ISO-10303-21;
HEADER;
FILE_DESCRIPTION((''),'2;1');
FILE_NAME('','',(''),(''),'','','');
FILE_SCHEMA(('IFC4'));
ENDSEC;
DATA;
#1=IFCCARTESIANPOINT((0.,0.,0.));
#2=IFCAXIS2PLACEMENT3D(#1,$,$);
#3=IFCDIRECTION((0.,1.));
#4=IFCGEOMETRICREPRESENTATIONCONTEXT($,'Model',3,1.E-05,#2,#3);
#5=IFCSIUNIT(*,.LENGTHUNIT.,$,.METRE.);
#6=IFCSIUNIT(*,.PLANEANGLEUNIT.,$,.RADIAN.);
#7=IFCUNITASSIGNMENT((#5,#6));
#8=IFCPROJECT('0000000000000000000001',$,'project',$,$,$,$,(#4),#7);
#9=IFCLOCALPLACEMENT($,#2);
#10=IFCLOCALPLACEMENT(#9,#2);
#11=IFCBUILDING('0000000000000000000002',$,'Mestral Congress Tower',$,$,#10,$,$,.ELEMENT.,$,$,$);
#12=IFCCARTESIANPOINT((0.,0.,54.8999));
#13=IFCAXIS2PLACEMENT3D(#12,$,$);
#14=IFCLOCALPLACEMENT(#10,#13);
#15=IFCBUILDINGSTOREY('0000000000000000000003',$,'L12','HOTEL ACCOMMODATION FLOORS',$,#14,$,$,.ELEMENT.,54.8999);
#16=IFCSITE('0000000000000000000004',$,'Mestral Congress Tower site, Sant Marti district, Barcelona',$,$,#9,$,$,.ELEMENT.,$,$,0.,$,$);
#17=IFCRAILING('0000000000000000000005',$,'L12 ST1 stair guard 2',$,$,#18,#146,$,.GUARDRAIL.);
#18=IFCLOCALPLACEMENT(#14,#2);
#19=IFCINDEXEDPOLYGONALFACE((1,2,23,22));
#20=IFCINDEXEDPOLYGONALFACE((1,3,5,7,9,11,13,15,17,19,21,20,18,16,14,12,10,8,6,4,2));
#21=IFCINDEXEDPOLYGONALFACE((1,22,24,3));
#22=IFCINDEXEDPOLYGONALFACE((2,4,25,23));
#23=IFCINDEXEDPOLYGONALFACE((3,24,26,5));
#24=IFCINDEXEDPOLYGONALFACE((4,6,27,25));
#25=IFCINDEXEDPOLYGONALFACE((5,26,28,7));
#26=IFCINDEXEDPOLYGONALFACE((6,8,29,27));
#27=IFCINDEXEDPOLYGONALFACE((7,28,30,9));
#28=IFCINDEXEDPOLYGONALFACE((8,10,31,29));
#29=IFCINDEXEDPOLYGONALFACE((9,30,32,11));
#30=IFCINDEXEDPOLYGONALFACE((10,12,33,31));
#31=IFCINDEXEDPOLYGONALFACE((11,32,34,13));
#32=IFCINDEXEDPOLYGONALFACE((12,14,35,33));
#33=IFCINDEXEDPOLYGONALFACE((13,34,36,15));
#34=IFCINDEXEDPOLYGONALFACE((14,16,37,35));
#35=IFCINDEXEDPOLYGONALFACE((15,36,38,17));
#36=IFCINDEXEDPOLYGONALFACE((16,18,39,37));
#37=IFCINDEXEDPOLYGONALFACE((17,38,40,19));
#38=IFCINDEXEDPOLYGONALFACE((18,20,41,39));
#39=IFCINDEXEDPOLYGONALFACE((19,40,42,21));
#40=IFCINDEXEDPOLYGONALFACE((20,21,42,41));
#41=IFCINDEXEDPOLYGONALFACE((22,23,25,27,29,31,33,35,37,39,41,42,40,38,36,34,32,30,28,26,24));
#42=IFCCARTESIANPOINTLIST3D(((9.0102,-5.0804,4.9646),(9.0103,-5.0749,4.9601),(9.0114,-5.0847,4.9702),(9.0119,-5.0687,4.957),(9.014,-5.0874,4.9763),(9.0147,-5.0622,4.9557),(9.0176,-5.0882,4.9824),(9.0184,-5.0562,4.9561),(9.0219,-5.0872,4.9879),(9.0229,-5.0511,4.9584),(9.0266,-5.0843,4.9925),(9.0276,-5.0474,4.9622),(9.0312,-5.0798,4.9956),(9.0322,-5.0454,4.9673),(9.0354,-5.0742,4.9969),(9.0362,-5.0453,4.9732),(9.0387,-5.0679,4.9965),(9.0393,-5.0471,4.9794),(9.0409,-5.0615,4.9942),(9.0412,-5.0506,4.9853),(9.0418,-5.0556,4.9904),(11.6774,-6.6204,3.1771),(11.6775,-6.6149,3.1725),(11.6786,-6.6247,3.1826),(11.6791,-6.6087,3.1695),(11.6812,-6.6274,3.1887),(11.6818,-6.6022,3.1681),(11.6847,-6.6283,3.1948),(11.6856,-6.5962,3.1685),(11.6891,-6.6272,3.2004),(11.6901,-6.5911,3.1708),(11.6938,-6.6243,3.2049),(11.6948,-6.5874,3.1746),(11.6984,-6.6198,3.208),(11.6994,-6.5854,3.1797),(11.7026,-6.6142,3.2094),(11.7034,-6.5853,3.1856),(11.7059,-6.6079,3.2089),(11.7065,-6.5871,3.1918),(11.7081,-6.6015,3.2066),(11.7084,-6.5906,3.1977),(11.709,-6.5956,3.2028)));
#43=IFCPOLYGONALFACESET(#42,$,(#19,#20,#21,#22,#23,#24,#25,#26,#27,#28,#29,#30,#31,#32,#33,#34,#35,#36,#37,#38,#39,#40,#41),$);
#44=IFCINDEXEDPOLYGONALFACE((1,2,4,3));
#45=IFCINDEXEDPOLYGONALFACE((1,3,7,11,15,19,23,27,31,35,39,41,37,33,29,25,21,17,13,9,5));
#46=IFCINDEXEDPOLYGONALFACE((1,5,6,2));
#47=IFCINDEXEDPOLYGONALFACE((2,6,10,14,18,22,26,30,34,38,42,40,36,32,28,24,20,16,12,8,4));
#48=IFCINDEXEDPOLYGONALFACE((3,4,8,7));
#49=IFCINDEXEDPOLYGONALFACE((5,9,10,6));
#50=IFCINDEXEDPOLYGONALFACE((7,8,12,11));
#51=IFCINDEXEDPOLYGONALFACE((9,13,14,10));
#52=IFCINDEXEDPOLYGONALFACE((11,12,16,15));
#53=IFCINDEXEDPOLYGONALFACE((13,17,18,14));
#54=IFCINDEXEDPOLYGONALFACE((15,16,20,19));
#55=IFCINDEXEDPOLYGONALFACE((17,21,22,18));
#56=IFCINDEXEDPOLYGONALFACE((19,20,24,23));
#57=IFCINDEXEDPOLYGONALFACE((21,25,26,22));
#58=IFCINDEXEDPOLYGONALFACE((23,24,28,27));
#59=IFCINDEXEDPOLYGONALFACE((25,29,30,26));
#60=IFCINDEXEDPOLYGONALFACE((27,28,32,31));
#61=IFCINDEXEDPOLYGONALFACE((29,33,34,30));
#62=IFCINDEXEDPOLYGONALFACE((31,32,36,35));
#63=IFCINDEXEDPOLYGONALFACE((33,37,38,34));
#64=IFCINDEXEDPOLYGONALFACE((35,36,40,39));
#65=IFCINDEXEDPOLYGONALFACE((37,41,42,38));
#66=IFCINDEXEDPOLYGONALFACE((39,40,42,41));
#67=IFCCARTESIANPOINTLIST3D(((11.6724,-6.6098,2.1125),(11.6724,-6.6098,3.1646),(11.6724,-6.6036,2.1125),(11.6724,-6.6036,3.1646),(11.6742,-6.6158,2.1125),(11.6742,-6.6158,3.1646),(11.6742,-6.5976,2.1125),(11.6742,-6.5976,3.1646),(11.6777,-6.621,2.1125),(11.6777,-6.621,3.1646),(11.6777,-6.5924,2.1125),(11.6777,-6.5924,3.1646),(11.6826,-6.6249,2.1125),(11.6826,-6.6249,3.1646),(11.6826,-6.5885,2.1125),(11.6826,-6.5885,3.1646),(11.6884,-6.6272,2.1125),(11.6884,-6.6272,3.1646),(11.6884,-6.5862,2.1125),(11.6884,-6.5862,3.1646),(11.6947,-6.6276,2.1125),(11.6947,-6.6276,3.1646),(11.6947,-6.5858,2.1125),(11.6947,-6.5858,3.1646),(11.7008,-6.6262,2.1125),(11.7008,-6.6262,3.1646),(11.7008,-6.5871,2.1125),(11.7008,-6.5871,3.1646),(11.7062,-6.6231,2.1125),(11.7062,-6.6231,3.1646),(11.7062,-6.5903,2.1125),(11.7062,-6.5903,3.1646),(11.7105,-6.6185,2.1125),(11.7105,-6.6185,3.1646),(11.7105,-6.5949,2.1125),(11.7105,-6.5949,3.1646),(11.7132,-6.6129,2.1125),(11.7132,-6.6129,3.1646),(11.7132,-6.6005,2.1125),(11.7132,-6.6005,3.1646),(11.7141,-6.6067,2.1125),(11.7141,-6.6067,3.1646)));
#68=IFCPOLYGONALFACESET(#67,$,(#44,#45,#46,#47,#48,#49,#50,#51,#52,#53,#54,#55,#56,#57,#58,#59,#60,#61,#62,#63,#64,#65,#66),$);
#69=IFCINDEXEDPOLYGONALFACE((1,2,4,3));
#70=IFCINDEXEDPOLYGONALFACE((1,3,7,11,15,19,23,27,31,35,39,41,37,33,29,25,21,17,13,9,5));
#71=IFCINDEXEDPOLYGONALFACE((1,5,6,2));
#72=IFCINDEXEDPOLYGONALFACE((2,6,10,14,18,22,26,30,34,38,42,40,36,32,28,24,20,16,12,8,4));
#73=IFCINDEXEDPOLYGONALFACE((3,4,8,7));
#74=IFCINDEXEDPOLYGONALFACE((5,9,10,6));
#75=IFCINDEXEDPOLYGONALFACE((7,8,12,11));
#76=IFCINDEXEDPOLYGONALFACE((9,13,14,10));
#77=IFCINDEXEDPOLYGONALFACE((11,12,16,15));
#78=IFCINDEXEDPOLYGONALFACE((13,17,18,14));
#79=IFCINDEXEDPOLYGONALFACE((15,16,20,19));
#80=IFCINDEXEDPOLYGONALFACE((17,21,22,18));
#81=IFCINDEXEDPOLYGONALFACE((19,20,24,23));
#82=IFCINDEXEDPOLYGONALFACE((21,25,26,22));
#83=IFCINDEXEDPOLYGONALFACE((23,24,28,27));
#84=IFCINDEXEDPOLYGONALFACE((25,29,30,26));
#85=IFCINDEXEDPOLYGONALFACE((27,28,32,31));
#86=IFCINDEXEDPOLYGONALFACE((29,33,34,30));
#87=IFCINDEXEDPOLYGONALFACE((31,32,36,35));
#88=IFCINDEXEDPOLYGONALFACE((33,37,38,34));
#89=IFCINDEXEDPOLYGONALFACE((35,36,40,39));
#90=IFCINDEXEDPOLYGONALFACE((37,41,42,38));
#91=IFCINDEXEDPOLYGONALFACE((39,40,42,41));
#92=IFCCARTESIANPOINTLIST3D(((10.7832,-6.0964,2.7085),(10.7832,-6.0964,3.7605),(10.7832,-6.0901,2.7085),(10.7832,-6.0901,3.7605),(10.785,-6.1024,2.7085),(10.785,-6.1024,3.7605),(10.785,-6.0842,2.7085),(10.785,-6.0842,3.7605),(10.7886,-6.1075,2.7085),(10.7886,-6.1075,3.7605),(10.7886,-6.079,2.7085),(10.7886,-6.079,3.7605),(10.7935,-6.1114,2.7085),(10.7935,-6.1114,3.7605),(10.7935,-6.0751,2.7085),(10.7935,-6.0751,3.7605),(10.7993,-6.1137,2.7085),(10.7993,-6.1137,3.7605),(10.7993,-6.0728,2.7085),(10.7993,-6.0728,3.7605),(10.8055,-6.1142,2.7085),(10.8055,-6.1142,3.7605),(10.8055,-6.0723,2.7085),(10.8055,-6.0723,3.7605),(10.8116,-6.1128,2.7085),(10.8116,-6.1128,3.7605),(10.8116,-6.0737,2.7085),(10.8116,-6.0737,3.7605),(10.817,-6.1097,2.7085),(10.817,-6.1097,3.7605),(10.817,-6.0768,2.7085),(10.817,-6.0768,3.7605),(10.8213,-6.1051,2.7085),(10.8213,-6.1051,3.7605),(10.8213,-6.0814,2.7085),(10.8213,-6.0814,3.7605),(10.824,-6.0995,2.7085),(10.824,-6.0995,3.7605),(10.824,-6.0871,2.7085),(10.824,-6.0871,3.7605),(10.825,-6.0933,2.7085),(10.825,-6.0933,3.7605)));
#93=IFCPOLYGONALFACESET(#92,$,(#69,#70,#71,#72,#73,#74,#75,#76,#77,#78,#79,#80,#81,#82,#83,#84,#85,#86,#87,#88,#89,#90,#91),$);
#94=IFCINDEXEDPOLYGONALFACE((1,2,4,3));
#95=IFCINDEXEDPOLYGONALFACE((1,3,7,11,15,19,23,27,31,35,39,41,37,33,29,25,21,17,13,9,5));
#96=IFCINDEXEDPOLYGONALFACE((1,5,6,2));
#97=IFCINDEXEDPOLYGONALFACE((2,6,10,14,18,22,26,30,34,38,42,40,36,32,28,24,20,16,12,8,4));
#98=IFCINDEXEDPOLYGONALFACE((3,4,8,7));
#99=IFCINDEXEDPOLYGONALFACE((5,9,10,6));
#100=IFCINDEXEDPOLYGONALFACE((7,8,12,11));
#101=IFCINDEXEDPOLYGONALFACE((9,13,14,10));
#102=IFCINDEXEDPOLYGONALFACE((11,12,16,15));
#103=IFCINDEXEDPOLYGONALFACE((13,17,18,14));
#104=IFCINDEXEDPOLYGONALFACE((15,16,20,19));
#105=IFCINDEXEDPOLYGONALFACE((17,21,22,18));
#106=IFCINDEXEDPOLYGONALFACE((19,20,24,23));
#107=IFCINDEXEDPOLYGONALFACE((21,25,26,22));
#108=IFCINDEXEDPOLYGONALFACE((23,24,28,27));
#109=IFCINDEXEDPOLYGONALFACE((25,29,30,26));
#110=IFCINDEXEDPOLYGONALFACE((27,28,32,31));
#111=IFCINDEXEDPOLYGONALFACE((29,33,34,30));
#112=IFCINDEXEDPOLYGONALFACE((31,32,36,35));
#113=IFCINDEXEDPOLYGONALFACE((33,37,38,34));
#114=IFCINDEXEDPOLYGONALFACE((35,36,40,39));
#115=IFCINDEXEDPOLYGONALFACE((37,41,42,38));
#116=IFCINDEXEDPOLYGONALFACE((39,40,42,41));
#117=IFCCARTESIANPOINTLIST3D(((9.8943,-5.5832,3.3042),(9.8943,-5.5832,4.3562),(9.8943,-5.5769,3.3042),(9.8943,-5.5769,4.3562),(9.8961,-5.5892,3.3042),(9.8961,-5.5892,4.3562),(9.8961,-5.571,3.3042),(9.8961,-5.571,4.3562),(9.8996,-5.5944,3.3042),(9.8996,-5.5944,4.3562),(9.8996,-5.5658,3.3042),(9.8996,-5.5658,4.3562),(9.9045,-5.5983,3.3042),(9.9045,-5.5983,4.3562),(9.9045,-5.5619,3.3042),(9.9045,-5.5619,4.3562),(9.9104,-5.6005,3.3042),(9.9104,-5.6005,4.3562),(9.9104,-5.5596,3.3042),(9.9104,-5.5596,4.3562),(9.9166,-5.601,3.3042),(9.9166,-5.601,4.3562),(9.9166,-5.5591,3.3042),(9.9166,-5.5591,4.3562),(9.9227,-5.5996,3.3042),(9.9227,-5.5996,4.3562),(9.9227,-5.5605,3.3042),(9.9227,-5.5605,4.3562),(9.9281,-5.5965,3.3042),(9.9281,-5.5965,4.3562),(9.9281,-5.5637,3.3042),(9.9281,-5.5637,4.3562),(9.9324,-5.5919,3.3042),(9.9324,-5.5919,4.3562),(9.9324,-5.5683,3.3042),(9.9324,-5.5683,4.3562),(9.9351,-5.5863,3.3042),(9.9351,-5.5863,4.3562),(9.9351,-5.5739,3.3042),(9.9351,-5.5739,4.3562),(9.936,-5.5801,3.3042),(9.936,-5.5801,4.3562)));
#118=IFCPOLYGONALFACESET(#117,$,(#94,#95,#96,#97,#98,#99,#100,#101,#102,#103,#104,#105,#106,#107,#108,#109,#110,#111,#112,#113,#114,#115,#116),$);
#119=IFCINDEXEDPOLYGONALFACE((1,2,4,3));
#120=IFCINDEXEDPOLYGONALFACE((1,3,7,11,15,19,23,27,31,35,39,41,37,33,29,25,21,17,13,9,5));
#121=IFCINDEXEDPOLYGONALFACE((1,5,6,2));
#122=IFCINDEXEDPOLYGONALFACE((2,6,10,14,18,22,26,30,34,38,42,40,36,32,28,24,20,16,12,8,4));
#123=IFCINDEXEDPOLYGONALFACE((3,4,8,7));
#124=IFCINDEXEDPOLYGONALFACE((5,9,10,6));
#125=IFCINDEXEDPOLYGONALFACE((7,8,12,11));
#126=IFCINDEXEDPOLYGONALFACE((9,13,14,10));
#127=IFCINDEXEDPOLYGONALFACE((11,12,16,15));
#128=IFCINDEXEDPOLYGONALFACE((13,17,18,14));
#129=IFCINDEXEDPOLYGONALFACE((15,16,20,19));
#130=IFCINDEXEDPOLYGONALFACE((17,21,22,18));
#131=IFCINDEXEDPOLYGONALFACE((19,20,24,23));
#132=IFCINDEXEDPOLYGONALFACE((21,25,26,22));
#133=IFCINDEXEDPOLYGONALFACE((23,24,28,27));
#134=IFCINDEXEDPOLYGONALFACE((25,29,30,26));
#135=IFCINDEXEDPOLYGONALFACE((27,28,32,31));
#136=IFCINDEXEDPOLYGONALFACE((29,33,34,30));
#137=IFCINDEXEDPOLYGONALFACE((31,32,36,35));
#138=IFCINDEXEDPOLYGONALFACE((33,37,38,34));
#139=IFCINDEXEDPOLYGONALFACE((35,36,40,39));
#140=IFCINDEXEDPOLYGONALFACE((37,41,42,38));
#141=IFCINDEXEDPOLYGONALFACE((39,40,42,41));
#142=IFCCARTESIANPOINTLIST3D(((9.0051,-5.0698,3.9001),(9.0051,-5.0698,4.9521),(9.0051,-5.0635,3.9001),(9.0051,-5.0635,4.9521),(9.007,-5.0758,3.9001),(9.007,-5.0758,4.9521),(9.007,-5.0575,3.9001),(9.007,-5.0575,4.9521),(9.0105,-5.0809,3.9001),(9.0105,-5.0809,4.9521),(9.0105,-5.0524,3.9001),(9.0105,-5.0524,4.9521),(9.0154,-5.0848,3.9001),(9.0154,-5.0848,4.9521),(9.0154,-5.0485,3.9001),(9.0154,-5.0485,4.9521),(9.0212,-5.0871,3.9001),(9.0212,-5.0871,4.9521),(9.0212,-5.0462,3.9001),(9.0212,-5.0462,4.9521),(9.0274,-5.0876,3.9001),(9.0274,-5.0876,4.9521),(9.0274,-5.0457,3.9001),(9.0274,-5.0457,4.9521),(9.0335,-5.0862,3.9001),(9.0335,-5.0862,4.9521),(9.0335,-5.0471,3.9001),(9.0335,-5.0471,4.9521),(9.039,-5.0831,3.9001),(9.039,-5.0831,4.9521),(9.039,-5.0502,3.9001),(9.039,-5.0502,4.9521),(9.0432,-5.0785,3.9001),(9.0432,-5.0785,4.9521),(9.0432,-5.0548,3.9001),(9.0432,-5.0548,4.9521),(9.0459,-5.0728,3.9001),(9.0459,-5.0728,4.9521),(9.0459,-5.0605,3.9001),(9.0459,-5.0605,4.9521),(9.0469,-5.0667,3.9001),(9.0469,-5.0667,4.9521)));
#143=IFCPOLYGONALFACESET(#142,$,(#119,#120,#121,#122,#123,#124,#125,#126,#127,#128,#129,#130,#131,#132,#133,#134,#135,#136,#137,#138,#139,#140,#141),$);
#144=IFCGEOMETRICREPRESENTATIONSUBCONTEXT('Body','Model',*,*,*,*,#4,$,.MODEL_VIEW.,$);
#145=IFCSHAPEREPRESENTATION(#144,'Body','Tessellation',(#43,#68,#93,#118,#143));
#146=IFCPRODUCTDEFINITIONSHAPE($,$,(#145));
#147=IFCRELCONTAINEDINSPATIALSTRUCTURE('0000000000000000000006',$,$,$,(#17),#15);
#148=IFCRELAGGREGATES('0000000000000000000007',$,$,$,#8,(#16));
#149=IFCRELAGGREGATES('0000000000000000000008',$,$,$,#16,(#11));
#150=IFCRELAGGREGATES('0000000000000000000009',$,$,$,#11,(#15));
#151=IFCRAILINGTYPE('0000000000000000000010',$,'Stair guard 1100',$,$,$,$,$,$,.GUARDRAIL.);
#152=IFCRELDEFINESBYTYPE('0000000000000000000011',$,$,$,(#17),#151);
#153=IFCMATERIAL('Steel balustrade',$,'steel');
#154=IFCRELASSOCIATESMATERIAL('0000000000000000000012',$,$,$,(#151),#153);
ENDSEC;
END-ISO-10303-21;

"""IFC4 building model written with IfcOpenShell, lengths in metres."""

from ifc_helpers import new_model, si_unit, direction, frame, origin, origin_2d, place, context, subcontext, project, spatial, circle, extrude, material, type_object, element, save


model = new_model("IFC4")

# Units and contexts
model_context = context("Model", 3, precision=1e-05, world=origin(), true_north=direction((0.0, 1.0)))
body_context = subcontext(model_context, "Body", "Model", "MODEL_VIEW")
ifc_project = project(units=[si_unit("LENGTHUNIT", "METRE"), si_unit("PLANEANGLEUNIT", "RADIAN")], contexts=[model_context])

# Site, building, storey
site_placement = place(None, origin())
site = spatial("IfcSite", under=ifc_project, at=site_placement, Name="Mestral Congress Tower site, Sant Marti district, Barcelona", CompositionType="ELEMENT", RefElevation=0.0)
building_placement = place(site_placement, origin())
building = spatial("IfcBuilding", under=site, at=building_placement, Name="Mestral Congress Tower", CompositionType="ELEMENT")
storey_placement = place(building_placement, frame((0.0, 0.0, 54.8999)))
storey = spatial("IfcBuildingStorey", under=building, at=storey_placement, Name="L12", Description="HOTEL ACCOMMODATION FLOORS", CompositionType="ELEMENT", Elevation=54.8999)

# Railing
ifc_material_1 = material(Name="Steel balustrade", Category="steel")
railing_type_1 = type_object("IfcRailingType", Name="Stair guard 1100", PredefinedType="GUARDRAIL", material=ifc_material_1)
railing_1_placement = place(storey_placement, frame((11.6931, -6.6067, 2.1125)))
element("IfcRailing", 1, at=railing_1_placement, inside=storey, type_object=railing_type_1, Name="L12 ST1 stair guard 2", PredefinedType="GUARDRAIL", context=body_context, shape_type="SweptSolid", body=[
    extrude(circle(Radius=0.0239, at=origin_2d()), frame((0.0, 0.0, 1.0762), z_axis=(-0.748994, 0.432463, 0.50198), x_axis=(-0.500027, -0.86601, 0.0)), (0.0, 0.0, 1.0), 3.561),
    extrude(circle(Radius=0.021, at=origin_2d()), origin(), (0.0, 0.0, 1.0), 1.052),
    extrude(circle(Radius=0.021, at=origin_2d()), frame((-0.8892, 0.5134, 0.5959)), (0.0, 0.0, 1.0), 1.052),
    extrude(circle(Radius=0.021, at=origin_2d()), frame((-1.7781, 1.0266, 1.1917)), (0.0, 0.0, 1.0), 1.052),
    extrude(circle(Radius=0.021, at=origin_2d()), frame((-2.6672, 1.54, 1.7876)), (0.0, 0.0, 1.0), 1.052),
])

save(model, "model.ifc")
